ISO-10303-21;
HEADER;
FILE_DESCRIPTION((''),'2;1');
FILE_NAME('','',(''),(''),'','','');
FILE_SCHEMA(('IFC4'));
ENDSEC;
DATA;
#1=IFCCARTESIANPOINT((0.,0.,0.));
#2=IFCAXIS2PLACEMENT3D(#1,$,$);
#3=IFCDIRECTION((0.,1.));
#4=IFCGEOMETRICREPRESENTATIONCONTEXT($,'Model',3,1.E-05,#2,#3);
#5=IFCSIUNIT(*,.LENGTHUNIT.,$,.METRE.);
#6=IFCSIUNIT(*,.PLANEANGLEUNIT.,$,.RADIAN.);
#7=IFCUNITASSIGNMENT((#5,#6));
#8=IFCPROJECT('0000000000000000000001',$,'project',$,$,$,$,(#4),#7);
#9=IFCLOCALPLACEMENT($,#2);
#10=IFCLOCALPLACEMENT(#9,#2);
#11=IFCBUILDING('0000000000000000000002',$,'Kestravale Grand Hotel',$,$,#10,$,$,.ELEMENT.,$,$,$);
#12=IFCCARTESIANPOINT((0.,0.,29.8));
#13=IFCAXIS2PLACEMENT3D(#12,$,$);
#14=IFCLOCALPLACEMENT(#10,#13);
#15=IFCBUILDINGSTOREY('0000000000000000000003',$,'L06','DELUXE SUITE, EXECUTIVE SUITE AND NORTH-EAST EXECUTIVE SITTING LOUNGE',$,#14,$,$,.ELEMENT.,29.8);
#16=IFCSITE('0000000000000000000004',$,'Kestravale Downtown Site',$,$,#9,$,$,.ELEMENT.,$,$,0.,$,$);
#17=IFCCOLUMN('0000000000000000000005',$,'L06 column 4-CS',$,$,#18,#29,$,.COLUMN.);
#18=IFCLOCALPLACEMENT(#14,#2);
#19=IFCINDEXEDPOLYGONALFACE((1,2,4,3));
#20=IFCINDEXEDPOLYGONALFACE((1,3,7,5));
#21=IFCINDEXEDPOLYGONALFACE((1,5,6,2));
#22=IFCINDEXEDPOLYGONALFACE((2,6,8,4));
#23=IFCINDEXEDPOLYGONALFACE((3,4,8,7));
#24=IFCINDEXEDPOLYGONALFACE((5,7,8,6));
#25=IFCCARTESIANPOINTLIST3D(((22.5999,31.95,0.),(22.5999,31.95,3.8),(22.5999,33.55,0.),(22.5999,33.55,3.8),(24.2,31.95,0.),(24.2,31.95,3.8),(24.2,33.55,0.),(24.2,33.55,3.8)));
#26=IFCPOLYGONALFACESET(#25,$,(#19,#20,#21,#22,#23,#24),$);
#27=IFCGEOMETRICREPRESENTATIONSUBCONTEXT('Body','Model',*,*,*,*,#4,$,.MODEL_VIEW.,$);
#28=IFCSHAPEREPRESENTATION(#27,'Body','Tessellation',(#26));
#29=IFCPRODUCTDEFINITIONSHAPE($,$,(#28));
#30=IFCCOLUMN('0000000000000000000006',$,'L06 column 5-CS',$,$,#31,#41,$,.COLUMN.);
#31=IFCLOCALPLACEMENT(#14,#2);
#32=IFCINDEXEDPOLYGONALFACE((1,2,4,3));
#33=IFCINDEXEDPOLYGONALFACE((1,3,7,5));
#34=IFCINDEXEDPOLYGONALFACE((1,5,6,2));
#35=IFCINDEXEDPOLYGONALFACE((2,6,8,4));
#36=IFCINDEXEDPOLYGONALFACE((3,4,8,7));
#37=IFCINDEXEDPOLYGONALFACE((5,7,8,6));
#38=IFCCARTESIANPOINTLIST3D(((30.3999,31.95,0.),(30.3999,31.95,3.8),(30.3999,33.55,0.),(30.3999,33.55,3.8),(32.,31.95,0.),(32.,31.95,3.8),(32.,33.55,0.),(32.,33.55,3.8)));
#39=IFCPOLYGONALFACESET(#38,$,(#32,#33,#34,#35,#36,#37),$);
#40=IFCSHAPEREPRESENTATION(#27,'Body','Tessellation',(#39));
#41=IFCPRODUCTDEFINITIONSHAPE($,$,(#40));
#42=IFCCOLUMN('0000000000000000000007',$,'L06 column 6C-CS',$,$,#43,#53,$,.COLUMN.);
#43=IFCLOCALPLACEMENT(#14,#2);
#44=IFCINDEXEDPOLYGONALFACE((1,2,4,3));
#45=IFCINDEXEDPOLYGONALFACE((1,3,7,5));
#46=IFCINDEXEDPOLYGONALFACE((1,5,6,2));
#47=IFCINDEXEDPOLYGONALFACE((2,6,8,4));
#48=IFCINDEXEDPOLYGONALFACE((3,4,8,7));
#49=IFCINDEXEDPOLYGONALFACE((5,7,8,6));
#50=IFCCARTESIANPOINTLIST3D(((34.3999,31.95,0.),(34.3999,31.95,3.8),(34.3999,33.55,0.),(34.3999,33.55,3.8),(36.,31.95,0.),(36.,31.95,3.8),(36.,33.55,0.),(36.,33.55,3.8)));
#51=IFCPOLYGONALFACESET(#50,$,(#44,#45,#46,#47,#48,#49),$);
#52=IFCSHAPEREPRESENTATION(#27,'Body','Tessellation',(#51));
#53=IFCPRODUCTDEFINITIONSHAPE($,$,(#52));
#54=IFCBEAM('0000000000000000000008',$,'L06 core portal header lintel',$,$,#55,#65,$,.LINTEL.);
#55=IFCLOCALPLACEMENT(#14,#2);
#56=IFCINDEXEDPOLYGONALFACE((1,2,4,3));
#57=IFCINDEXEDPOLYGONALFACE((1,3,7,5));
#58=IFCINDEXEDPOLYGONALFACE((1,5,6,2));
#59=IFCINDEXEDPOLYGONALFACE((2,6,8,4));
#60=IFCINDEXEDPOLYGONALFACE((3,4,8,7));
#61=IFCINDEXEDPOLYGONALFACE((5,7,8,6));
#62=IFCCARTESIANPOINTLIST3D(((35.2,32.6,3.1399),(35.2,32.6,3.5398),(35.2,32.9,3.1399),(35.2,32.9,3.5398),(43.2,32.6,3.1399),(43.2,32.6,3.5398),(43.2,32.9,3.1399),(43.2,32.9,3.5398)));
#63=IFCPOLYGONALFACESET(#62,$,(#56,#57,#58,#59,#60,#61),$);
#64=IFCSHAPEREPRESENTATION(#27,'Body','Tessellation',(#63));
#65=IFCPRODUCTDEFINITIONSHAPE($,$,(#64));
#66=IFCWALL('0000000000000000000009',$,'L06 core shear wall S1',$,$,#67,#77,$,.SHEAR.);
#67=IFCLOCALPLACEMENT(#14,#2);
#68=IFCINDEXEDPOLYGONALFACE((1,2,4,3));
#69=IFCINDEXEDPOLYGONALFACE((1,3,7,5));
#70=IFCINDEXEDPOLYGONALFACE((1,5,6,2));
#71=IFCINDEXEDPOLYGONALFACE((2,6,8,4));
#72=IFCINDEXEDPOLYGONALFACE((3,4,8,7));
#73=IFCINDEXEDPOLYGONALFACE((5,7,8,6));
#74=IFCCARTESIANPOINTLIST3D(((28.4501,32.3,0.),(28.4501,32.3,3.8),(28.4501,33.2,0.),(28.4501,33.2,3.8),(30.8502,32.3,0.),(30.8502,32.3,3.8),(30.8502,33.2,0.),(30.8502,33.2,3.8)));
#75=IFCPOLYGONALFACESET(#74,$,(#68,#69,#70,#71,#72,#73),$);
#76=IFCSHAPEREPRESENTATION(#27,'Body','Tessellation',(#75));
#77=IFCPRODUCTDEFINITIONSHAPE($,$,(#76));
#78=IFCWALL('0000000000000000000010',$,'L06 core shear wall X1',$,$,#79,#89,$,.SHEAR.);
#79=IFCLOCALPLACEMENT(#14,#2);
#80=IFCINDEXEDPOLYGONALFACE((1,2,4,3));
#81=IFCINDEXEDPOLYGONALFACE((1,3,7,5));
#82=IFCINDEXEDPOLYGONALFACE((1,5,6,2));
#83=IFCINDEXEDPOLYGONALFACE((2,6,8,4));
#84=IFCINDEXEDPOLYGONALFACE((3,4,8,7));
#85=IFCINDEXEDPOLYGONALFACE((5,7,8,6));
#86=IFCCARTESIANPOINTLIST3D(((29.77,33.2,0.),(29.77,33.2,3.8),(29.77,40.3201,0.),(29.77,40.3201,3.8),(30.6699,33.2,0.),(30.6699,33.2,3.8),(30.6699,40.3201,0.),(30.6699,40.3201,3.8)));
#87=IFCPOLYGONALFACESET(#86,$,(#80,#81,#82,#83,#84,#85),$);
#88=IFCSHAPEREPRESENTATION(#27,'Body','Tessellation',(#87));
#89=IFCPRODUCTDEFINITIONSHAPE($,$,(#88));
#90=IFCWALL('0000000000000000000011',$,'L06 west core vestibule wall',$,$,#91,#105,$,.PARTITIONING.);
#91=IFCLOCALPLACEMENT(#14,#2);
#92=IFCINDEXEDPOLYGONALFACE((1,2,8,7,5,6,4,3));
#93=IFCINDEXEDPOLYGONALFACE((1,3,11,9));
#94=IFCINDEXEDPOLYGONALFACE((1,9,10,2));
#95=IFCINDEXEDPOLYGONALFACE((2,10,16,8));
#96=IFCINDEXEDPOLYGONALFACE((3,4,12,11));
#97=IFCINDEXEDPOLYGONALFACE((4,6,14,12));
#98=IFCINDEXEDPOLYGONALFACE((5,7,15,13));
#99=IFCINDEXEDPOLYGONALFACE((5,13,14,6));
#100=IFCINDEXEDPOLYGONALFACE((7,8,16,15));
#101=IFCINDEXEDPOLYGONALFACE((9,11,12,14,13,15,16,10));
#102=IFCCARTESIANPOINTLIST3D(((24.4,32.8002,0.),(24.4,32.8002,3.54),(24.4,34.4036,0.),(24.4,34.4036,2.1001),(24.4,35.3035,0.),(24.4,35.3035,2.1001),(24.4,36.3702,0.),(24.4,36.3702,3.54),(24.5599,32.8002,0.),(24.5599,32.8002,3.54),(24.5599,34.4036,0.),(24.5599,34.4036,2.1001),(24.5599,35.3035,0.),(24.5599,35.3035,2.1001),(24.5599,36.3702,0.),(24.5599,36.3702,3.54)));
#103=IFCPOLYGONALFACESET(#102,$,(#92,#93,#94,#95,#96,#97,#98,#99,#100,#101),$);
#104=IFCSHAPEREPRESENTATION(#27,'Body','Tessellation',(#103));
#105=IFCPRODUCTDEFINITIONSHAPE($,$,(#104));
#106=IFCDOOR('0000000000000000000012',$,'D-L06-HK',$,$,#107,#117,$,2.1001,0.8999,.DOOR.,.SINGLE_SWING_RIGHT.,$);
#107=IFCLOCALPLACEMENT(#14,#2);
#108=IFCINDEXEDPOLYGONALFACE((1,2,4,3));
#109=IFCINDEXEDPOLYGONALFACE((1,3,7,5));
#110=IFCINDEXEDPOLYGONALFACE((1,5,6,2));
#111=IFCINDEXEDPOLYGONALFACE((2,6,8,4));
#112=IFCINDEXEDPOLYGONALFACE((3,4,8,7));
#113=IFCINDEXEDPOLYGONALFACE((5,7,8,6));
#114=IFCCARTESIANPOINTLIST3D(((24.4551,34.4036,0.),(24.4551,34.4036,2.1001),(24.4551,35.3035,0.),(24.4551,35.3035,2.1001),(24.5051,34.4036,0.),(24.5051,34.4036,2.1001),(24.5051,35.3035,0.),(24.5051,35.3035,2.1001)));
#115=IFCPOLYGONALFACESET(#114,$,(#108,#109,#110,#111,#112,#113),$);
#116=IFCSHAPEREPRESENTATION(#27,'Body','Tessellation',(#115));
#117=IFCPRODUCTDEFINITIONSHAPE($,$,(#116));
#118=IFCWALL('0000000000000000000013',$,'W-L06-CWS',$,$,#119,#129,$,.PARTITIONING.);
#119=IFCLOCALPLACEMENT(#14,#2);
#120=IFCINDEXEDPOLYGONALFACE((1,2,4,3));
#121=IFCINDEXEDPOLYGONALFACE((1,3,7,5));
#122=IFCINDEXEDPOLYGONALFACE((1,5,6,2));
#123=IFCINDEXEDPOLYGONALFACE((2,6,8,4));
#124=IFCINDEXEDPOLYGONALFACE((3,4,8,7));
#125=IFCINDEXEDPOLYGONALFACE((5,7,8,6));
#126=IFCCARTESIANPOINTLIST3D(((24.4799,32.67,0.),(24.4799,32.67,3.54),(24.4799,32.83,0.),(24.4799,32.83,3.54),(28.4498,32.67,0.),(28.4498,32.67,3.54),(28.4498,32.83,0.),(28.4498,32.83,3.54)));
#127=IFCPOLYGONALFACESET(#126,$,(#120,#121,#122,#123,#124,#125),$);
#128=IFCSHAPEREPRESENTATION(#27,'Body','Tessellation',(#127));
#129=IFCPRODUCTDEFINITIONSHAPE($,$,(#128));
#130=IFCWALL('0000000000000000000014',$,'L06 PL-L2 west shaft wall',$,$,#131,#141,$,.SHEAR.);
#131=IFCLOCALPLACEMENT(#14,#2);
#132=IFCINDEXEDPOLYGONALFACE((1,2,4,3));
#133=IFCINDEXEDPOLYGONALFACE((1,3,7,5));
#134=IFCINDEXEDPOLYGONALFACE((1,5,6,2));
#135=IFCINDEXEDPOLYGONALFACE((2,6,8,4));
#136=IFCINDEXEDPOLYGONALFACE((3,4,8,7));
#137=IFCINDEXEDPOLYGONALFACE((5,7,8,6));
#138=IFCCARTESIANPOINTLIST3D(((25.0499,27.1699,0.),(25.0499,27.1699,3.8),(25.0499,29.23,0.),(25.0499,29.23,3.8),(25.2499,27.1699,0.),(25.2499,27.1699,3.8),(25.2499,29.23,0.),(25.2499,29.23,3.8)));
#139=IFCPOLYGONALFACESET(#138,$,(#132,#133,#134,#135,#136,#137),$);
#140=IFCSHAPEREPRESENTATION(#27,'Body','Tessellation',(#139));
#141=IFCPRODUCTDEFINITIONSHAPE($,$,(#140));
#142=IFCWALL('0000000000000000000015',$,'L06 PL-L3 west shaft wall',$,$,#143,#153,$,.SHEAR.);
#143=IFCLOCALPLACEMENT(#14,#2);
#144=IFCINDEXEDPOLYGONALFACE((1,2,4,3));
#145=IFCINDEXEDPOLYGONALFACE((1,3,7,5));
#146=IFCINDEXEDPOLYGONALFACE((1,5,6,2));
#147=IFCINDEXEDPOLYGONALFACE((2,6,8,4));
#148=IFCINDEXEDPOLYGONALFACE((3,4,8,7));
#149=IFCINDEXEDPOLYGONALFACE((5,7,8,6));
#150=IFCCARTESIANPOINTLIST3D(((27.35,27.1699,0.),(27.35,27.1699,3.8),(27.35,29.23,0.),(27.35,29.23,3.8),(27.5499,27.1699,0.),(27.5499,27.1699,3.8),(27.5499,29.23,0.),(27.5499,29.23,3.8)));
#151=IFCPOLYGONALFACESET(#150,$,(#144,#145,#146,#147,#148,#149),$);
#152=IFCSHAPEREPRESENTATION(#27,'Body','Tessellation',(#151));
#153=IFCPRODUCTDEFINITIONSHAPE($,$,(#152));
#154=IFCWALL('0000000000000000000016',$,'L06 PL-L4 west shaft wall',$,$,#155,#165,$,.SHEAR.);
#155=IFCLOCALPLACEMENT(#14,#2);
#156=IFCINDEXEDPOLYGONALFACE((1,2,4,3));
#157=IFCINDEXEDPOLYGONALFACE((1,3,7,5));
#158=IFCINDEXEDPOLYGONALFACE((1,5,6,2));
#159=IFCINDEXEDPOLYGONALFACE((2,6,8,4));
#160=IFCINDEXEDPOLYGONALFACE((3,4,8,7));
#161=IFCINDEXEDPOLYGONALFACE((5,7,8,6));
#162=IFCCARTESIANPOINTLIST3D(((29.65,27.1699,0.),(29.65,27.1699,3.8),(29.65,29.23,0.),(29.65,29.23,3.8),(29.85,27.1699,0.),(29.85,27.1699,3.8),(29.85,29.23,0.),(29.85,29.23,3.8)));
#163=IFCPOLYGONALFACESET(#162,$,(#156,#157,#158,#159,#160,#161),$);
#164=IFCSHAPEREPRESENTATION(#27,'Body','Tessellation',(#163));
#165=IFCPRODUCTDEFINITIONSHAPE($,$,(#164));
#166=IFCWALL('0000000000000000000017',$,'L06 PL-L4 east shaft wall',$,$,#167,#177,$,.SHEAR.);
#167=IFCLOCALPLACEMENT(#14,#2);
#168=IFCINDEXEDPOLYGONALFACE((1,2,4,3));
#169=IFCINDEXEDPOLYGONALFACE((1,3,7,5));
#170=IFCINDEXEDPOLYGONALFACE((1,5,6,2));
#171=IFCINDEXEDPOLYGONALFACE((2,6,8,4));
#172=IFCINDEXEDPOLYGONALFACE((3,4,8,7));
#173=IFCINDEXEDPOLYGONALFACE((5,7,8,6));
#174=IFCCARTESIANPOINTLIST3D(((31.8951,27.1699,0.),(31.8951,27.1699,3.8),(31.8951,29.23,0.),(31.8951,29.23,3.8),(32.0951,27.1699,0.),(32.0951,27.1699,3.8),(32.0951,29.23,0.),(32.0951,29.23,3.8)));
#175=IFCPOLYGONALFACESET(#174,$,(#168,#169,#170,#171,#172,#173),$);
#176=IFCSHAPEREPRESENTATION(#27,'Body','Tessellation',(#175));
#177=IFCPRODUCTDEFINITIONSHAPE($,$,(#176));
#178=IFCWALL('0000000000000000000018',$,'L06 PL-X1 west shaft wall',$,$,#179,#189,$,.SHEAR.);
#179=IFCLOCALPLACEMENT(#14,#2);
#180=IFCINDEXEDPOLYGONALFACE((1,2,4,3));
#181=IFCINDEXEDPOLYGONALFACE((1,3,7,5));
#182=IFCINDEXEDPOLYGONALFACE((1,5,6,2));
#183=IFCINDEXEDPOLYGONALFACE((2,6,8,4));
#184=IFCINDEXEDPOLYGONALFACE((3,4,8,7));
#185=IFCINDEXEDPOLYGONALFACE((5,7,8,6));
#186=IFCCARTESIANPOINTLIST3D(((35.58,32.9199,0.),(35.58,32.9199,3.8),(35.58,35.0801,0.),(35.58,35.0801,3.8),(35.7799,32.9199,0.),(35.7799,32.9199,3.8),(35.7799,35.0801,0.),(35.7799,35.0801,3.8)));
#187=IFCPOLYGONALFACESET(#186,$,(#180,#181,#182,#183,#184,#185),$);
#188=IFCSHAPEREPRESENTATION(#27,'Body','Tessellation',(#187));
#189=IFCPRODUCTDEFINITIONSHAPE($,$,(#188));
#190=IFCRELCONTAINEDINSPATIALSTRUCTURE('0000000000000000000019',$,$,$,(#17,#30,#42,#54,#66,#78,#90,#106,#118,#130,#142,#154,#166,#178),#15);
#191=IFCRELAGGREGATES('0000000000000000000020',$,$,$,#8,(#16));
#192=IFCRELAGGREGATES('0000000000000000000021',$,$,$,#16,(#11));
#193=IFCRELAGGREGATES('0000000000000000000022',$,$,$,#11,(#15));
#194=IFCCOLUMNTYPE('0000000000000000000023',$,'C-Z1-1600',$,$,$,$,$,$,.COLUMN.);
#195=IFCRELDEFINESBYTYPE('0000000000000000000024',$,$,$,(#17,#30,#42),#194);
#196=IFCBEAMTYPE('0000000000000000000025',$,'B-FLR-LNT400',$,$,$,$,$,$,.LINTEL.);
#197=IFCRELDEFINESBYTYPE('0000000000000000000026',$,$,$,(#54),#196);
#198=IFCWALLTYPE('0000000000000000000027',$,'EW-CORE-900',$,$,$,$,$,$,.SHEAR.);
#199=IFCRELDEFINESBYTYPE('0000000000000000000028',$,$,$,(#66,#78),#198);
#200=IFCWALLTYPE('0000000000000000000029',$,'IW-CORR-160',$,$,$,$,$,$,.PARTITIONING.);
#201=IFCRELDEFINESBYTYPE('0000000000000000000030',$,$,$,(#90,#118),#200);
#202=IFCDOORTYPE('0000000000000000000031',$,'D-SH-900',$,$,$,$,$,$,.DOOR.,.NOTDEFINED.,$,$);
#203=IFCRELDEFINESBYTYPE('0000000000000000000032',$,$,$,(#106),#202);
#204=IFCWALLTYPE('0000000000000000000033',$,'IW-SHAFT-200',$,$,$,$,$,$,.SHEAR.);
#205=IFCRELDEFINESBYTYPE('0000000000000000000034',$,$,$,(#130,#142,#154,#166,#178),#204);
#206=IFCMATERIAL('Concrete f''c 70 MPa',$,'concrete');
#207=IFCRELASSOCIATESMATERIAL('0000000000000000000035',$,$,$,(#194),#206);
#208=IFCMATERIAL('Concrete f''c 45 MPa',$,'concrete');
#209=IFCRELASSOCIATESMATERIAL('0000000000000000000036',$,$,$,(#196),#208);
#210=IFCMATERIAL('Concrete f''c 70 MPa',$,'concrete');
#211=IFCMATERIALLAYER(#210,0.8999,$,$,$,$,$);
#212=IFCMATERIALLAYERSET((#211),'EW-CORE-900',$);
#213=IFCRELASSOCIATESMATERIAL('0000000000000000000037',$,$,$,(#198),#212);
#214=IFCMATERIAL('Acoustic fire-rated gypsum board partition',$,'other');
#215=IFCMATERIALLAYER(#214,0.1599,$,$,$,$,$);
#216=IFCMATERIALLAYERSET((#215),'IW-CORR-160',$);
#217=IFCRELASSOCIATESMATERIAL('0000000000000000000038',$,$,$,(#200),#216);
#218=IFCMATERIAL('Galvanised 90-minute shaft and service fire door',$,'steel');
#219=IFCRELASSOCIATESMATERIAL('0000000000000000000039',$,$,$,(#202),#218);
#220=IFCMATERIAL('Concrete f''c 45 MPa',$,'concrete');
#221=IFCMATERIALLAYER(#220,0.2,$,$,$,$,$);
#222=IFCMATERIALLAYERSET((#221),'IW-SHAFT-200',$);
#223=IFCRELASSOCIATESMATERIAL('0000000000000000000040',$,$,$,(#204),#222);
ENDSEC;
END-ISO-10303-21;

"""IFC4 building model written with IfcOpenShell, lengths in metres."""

from ifc_helpers import new_model, si_unit, direction, frame, frame_2d, origin, origin_2d, place, context, subcontext, project, spatial, rectangle, extrude, material, layer, layer_set, material_profile, profile_set, type_object, element, fill, save


model = new_model("IFC4")

# Units and contexts
model_context = context("Model", 3, precision=1e-05, world=origin(), true_north=direction((0.0, 1.0)))
body_context = subcontext(model_context, "Body", "Model", "MODEL_VIEW")
ifc_project = project(units=[si_unit("LENGTHUNIT", "METRE"), si_unit("PLANEANGLEUNIT", "RADIAN")], contexts=[model_context])

# Site, building, storey
site_placement = place(None, origin())
site = spatial("IfcSite", under=ifc_project, at=site_placement, Name="Kestravale Downtown Site", CompositionType="ELEMENT", RefElevation=0.0)
building_placement = place(site_placement, origin())
building = spatial("IfcBuilding", under=site, at=building_placement, Name="Kestravale Grand Hotel", CompositionType="ELEMENT")
storey_placement = place(building_placement, frame((0.0, 0.0, 29.8)))
storey = spatial("IfcBuildingStorey", under=building, at=storey_placement, Name="L06", Description="DELUXE SUITE, EXECUTIVE SUITE AND NORTH-EAST EXECUTIVE SITTING LOUNGE", CompositionType="ELEMENT", Elevation=29.8)

# Columns
ifc_material_1 = material(Name="Concrete f'c 70 MPa", Category="concrete")
ifc_material_profile_1 = material_profile(ifc_material_1, rectangle(XDim=1.6001, YDim=1.6001, at=origin_2d()))
ifc_profile_set_1 = profile_set([ifc_material_profile_1], Name="Concrete f'c 70 MPa")
column_type = type_object("IfcColumnType", Name="C-Z1-1600", PredefinedType="COLUMN", material=ifc_profile_set_1)
for number, where, z_axis, x_axis, name in (
    (1, (23.3999, 32.75, 0.0), (0.0, 0.0, 1.0), (1.0, 0.0, 0.0), "L06 column 4-CS"),
    (2, (31.2, 32.75, 0.0), (0.0, 0.0, 1.0), (1.0, 0.0, 0.0), "L06 column 5-CS"),
    (3, (35.2, 32.75, 0.0), (0.0, 0.0, 1.0), (1.0, 0.0, 0.0), "L06 column 6C-CS"),
):
    element("IfcColumn", number, at=place(storey_placement, frame(where, z_axis=z_axis, x_axis=x_axis)), inside=storey, type_object=column_type, Name=name, PredefinedType="COLUMN", context=body_context, shape_type="SweptSolid", body=[
        extrude(rectangle(XDim=1.6001, YDim=1.6001, at=origin_2d()), origin(), (0.0, 0.0, 1.0), 3.8),
    ])

# Beam
ifc_material_2 = material(Name="Concrete f'c 45 MPa", Category="concrete")
ifc_material_profile_2 = material_profile(ifc_material_2, rectangle(XDim=0.3, YDim=0.3999, at=origin_2d()))
ifc_profile_set_2 = profile_set([ifc_material_profile_2], Name="Concrete f'c 45 MPa")
beam_type = type_object("IfcBeamType", Name="B-FLR-LNT400", PredefinedType="LINTEL", material=ifc_profile_set_2)
beam_placement = place(storey_placement, frame((35.2, 32.75, 3.3398), z_axis=(1.0, 0.0, 0.0), x_axis=(0.0, 1.0, 0.0)))
element("IfcBeam", 4, at=beam_placement, inside=storey, type_object=beam_type, Name="L06 core portal header lintel", PredefinedType="LINTEL", context=body_context, shape_type="SweptSolid", body=[
    extrude(rectangle(XDim=0.3, YDim=0.3999, at=origin_2d()), origin(), (0.0, 0.0, 1.0), 8.0),
])

# Walls
ifc_material_3 = material(Name="Concrete f'c 70 MPa", Category="concrete")
ifc_layer_1 = layer(ifc_material_3, 0.8999)
ifc_layer_set_1 = layer_set([ifc_layer_1], Name="EW-CORE-900")
wall_type_1 = type_object("IfcWallType", Name="EW-CORE-900", PredefinedType="SHEAR", material=ifc_layer_set_1)
wall_1_placement = place(storey_placement, frame((28.45, 32.75, 0.0), z_axis=(0.0, 0.0, 1.0), x_axis=(1.0, 0.0, 0.0)))
element("IfcWall", 5, at=wall_1_placement, inside=storey, type_object=wall_type_1, Name="L06 core shear wall S1", PredefinedType="SHEAR", context=body_context, shape_type="SweptSolid", body=[
    extrude(rectangle(XDim=2.4001, YDim=0.8999, at=frame_2d((1.2002, 0.0))), origin(), (0.0, 0.0, 1.0), 3.8),
])
wall_2_placement = place(storey_placement, frame((30.22, 33.2, 0.0), z_axis=(0.0, 0.0, 1.0), x_axis=(0.0, 1.0, 0.0)))
element("IfcWall", 6, at=wall_2_placement, inside=storey, type_object=wall_type_1, Name="L06 core shear wall X1", PredefinedType="SHEAR", context=body_context, shape_type="SweptSolid", body=[
    extrude(rectangle(XDim=7.1201, YDim=0.8999, at=frame_2d((3.5601, 0.0))), origin(), (0.0, 0.0, 1.0), 3.8),
])

# Wall, opening, door
ifc_material_4 = material(Name="Acoustic fire-rated gypsum board partition", Category="other")
ifc_layer_2 = layer(ifc_material_4, 0.1599)
ifc_layer_set_2 = layer_set([ifc_layer_2], Name="IW-CORR-160")
wall_type_2 = type_object("IfcWallType", Name="IW-CORR-160", PredefinedType="PARTITIONING", material=ifc_layer_set_2)
wall_3_placement = place(storey_placement, frame((24.48, 32.8, 0.0), z_axis=(0.0, 0.0, 1.0), x_axis=(0.0, 1.0, 0.0)))
wall_3 = element("IfcWall", 7, at=wall_3_placement, inside=storey, type_object=wall_type_2, Name="L06 west core vestibule wall", PredefinedType="PARTITIONING", context=body_context, shape_type="SweptSolid", body=[
    extrude(rectangle(XDim=3.5701, YDim=0.1599, at=frame_2d((1.7852, 0.0))), origin(), (0.0, 0.0, 1.0), 3.54),
])
opening_1_placement = place(wall_3_placement, frame((1.6035, 0.0, 0.0)))
opening_1 = element("IfcOpeningElement", 8, at=opening_1_placement, cuts=wall_3, PredefinedType="OPENING", context=body_context, shape_type="SweptSolid", body=[
    extrude(rectangle(XDim=0.8999, YDim=2.1001, at=frame_2d((0.45, 1.05))), frame((0.0, 0.0898, 0.0), z_axis=(0.0, -1.0, 0.0), x_axis=(1.0, 0.0, 0.0)), (0.0, 0.0, 1.0), 0.1799),
])
ifc_material_5 = material(Name="Galvanised 90-minute shaft and service fire door", Category="steel")
door_type_1 = type_object("IfcDoorType", Name="D-SH-900", OperationType="NOTDEFINED", PredefinedType="DOOR", material=ifc_material_5)
door_1_placement = place(opening_1_placement, origin())
door_1 = element("IfcDoor", 9, at=door_1_placement, inside=storey, type_object=door_type_1, Name="D-L06-HK", OperationType="SINGLE_SWING_RIGHT", OverallHeight=2.1001, OverallWidth=0.8999, PredefinedType="DOOR", context=body_context, shape_type="SweptSolid", body=[
    extrude(rectangle(XDim=0.8999, YDim=2.1001, at=frame_2d((0.45, 1.05))), frame((0.0, 0.0249, 0.0), z_axis=(0.0, -1.0, 0.0), x_axis=(1.0, 0.0, 0.0)), (0.0, 0.0, 1.0), 0.05),
])
fill(opening_1, door_1)

# Walls
wall_4_placement = place(storey_placement, frame((24.48, 32.75, 0.0), z_axis=(0.0, 0.0, 1.0), x_axis=(1.0, 0.0, 0.0)))
element("IfcWall", 10, at=wall_4_placement, inside=storey, type_object=wall_type_2, Name="W-L06-CWS", PredefinedType="PARTITIONING", context=body_context, shape_type="SweptSolid", body=[
    extrude(rectangle(XDim=3.97, YDim=0.1599, at=frame_2d((1.9849, 0.0))), origin(), (0.0, 0.0, 1.0), 3.54),
])
ifc_material_6 = material(Name="Concrete f'c 45 MPa", Category="concrete")
ifc_layer_3 = layer(ifc_material_6, 0.2)
ifc_layer_set_3 = layer_set([ifc_layer_3], Name="IW-SHAFT-200")
wall_type_3 = type_object("IfcWallType", Name="IW-SHAFT-200", PredefinedType="SHEAR", material=ifc_layer_set_3)
for number, where, z_axis, x_axis, name in (
    (11, (25.1499, 27.1699, 0.0), (0.0, 0.0, 1.0), (0.0, 1.0, 0.0), "L06 PL-L2 west shaft wall"),
    (12, (27.45, 27.1699, 0.0), (0.0, 0.0, 1.0), (0.0, 1.0, 0.0), "L06 PL-L3 west shaft wall"),
    (13, (29.75, 27.1699, 0.0), (0.0, 0.0, 1.0), (0.0, 1.0, 0.0), "L06 PL-L4 west shaft wall"),
    (14, (31.9951, 27.1699, 0.0), (0.0, 0.0, 1.0), (0.0, 1.0, 0.0), "L06 PL-L4 east shaft wall"),
):
    element("IfcWall", number, at=place(storey_placement, frame(where, z_axis=z_axis, x_axis=x_axis)), inside=storey, type_object=wall_type_3, Name=name, PredefinedType="SHEAR", context=body_context, shape_type="SweptSolid", body=[
        extrude(rectangle(XDim=2.0601, YDim=0.2, at=frame_2d((1.03, 0.0))), origin(), (0.0, 0.0, 1.0), 3.8),
    ])
wall_5_placement = place(storey_placement, frame((35.6799, 32.9199, 0.0), z_axis=(0.0, 0.0, 1.0), x_axis=(0.0, 1.0, 0.0)))
element("IfcWall", 15, at=wall_5_placement, inside=storey, type_object=wall_type_3, Name="L06 PL-X1 west shaft wall", PredefinedType="SHEAR", context=body_context, shape_type="SweptSolid", body=[
    extrude(rectangle(XDim=2.1602, YDim=0.2, at=frame_2d((1.0801, 0.0))), origin(), (0.0, 0.0, 1.0), 3.8),
])

save(model, "model.ifc")
